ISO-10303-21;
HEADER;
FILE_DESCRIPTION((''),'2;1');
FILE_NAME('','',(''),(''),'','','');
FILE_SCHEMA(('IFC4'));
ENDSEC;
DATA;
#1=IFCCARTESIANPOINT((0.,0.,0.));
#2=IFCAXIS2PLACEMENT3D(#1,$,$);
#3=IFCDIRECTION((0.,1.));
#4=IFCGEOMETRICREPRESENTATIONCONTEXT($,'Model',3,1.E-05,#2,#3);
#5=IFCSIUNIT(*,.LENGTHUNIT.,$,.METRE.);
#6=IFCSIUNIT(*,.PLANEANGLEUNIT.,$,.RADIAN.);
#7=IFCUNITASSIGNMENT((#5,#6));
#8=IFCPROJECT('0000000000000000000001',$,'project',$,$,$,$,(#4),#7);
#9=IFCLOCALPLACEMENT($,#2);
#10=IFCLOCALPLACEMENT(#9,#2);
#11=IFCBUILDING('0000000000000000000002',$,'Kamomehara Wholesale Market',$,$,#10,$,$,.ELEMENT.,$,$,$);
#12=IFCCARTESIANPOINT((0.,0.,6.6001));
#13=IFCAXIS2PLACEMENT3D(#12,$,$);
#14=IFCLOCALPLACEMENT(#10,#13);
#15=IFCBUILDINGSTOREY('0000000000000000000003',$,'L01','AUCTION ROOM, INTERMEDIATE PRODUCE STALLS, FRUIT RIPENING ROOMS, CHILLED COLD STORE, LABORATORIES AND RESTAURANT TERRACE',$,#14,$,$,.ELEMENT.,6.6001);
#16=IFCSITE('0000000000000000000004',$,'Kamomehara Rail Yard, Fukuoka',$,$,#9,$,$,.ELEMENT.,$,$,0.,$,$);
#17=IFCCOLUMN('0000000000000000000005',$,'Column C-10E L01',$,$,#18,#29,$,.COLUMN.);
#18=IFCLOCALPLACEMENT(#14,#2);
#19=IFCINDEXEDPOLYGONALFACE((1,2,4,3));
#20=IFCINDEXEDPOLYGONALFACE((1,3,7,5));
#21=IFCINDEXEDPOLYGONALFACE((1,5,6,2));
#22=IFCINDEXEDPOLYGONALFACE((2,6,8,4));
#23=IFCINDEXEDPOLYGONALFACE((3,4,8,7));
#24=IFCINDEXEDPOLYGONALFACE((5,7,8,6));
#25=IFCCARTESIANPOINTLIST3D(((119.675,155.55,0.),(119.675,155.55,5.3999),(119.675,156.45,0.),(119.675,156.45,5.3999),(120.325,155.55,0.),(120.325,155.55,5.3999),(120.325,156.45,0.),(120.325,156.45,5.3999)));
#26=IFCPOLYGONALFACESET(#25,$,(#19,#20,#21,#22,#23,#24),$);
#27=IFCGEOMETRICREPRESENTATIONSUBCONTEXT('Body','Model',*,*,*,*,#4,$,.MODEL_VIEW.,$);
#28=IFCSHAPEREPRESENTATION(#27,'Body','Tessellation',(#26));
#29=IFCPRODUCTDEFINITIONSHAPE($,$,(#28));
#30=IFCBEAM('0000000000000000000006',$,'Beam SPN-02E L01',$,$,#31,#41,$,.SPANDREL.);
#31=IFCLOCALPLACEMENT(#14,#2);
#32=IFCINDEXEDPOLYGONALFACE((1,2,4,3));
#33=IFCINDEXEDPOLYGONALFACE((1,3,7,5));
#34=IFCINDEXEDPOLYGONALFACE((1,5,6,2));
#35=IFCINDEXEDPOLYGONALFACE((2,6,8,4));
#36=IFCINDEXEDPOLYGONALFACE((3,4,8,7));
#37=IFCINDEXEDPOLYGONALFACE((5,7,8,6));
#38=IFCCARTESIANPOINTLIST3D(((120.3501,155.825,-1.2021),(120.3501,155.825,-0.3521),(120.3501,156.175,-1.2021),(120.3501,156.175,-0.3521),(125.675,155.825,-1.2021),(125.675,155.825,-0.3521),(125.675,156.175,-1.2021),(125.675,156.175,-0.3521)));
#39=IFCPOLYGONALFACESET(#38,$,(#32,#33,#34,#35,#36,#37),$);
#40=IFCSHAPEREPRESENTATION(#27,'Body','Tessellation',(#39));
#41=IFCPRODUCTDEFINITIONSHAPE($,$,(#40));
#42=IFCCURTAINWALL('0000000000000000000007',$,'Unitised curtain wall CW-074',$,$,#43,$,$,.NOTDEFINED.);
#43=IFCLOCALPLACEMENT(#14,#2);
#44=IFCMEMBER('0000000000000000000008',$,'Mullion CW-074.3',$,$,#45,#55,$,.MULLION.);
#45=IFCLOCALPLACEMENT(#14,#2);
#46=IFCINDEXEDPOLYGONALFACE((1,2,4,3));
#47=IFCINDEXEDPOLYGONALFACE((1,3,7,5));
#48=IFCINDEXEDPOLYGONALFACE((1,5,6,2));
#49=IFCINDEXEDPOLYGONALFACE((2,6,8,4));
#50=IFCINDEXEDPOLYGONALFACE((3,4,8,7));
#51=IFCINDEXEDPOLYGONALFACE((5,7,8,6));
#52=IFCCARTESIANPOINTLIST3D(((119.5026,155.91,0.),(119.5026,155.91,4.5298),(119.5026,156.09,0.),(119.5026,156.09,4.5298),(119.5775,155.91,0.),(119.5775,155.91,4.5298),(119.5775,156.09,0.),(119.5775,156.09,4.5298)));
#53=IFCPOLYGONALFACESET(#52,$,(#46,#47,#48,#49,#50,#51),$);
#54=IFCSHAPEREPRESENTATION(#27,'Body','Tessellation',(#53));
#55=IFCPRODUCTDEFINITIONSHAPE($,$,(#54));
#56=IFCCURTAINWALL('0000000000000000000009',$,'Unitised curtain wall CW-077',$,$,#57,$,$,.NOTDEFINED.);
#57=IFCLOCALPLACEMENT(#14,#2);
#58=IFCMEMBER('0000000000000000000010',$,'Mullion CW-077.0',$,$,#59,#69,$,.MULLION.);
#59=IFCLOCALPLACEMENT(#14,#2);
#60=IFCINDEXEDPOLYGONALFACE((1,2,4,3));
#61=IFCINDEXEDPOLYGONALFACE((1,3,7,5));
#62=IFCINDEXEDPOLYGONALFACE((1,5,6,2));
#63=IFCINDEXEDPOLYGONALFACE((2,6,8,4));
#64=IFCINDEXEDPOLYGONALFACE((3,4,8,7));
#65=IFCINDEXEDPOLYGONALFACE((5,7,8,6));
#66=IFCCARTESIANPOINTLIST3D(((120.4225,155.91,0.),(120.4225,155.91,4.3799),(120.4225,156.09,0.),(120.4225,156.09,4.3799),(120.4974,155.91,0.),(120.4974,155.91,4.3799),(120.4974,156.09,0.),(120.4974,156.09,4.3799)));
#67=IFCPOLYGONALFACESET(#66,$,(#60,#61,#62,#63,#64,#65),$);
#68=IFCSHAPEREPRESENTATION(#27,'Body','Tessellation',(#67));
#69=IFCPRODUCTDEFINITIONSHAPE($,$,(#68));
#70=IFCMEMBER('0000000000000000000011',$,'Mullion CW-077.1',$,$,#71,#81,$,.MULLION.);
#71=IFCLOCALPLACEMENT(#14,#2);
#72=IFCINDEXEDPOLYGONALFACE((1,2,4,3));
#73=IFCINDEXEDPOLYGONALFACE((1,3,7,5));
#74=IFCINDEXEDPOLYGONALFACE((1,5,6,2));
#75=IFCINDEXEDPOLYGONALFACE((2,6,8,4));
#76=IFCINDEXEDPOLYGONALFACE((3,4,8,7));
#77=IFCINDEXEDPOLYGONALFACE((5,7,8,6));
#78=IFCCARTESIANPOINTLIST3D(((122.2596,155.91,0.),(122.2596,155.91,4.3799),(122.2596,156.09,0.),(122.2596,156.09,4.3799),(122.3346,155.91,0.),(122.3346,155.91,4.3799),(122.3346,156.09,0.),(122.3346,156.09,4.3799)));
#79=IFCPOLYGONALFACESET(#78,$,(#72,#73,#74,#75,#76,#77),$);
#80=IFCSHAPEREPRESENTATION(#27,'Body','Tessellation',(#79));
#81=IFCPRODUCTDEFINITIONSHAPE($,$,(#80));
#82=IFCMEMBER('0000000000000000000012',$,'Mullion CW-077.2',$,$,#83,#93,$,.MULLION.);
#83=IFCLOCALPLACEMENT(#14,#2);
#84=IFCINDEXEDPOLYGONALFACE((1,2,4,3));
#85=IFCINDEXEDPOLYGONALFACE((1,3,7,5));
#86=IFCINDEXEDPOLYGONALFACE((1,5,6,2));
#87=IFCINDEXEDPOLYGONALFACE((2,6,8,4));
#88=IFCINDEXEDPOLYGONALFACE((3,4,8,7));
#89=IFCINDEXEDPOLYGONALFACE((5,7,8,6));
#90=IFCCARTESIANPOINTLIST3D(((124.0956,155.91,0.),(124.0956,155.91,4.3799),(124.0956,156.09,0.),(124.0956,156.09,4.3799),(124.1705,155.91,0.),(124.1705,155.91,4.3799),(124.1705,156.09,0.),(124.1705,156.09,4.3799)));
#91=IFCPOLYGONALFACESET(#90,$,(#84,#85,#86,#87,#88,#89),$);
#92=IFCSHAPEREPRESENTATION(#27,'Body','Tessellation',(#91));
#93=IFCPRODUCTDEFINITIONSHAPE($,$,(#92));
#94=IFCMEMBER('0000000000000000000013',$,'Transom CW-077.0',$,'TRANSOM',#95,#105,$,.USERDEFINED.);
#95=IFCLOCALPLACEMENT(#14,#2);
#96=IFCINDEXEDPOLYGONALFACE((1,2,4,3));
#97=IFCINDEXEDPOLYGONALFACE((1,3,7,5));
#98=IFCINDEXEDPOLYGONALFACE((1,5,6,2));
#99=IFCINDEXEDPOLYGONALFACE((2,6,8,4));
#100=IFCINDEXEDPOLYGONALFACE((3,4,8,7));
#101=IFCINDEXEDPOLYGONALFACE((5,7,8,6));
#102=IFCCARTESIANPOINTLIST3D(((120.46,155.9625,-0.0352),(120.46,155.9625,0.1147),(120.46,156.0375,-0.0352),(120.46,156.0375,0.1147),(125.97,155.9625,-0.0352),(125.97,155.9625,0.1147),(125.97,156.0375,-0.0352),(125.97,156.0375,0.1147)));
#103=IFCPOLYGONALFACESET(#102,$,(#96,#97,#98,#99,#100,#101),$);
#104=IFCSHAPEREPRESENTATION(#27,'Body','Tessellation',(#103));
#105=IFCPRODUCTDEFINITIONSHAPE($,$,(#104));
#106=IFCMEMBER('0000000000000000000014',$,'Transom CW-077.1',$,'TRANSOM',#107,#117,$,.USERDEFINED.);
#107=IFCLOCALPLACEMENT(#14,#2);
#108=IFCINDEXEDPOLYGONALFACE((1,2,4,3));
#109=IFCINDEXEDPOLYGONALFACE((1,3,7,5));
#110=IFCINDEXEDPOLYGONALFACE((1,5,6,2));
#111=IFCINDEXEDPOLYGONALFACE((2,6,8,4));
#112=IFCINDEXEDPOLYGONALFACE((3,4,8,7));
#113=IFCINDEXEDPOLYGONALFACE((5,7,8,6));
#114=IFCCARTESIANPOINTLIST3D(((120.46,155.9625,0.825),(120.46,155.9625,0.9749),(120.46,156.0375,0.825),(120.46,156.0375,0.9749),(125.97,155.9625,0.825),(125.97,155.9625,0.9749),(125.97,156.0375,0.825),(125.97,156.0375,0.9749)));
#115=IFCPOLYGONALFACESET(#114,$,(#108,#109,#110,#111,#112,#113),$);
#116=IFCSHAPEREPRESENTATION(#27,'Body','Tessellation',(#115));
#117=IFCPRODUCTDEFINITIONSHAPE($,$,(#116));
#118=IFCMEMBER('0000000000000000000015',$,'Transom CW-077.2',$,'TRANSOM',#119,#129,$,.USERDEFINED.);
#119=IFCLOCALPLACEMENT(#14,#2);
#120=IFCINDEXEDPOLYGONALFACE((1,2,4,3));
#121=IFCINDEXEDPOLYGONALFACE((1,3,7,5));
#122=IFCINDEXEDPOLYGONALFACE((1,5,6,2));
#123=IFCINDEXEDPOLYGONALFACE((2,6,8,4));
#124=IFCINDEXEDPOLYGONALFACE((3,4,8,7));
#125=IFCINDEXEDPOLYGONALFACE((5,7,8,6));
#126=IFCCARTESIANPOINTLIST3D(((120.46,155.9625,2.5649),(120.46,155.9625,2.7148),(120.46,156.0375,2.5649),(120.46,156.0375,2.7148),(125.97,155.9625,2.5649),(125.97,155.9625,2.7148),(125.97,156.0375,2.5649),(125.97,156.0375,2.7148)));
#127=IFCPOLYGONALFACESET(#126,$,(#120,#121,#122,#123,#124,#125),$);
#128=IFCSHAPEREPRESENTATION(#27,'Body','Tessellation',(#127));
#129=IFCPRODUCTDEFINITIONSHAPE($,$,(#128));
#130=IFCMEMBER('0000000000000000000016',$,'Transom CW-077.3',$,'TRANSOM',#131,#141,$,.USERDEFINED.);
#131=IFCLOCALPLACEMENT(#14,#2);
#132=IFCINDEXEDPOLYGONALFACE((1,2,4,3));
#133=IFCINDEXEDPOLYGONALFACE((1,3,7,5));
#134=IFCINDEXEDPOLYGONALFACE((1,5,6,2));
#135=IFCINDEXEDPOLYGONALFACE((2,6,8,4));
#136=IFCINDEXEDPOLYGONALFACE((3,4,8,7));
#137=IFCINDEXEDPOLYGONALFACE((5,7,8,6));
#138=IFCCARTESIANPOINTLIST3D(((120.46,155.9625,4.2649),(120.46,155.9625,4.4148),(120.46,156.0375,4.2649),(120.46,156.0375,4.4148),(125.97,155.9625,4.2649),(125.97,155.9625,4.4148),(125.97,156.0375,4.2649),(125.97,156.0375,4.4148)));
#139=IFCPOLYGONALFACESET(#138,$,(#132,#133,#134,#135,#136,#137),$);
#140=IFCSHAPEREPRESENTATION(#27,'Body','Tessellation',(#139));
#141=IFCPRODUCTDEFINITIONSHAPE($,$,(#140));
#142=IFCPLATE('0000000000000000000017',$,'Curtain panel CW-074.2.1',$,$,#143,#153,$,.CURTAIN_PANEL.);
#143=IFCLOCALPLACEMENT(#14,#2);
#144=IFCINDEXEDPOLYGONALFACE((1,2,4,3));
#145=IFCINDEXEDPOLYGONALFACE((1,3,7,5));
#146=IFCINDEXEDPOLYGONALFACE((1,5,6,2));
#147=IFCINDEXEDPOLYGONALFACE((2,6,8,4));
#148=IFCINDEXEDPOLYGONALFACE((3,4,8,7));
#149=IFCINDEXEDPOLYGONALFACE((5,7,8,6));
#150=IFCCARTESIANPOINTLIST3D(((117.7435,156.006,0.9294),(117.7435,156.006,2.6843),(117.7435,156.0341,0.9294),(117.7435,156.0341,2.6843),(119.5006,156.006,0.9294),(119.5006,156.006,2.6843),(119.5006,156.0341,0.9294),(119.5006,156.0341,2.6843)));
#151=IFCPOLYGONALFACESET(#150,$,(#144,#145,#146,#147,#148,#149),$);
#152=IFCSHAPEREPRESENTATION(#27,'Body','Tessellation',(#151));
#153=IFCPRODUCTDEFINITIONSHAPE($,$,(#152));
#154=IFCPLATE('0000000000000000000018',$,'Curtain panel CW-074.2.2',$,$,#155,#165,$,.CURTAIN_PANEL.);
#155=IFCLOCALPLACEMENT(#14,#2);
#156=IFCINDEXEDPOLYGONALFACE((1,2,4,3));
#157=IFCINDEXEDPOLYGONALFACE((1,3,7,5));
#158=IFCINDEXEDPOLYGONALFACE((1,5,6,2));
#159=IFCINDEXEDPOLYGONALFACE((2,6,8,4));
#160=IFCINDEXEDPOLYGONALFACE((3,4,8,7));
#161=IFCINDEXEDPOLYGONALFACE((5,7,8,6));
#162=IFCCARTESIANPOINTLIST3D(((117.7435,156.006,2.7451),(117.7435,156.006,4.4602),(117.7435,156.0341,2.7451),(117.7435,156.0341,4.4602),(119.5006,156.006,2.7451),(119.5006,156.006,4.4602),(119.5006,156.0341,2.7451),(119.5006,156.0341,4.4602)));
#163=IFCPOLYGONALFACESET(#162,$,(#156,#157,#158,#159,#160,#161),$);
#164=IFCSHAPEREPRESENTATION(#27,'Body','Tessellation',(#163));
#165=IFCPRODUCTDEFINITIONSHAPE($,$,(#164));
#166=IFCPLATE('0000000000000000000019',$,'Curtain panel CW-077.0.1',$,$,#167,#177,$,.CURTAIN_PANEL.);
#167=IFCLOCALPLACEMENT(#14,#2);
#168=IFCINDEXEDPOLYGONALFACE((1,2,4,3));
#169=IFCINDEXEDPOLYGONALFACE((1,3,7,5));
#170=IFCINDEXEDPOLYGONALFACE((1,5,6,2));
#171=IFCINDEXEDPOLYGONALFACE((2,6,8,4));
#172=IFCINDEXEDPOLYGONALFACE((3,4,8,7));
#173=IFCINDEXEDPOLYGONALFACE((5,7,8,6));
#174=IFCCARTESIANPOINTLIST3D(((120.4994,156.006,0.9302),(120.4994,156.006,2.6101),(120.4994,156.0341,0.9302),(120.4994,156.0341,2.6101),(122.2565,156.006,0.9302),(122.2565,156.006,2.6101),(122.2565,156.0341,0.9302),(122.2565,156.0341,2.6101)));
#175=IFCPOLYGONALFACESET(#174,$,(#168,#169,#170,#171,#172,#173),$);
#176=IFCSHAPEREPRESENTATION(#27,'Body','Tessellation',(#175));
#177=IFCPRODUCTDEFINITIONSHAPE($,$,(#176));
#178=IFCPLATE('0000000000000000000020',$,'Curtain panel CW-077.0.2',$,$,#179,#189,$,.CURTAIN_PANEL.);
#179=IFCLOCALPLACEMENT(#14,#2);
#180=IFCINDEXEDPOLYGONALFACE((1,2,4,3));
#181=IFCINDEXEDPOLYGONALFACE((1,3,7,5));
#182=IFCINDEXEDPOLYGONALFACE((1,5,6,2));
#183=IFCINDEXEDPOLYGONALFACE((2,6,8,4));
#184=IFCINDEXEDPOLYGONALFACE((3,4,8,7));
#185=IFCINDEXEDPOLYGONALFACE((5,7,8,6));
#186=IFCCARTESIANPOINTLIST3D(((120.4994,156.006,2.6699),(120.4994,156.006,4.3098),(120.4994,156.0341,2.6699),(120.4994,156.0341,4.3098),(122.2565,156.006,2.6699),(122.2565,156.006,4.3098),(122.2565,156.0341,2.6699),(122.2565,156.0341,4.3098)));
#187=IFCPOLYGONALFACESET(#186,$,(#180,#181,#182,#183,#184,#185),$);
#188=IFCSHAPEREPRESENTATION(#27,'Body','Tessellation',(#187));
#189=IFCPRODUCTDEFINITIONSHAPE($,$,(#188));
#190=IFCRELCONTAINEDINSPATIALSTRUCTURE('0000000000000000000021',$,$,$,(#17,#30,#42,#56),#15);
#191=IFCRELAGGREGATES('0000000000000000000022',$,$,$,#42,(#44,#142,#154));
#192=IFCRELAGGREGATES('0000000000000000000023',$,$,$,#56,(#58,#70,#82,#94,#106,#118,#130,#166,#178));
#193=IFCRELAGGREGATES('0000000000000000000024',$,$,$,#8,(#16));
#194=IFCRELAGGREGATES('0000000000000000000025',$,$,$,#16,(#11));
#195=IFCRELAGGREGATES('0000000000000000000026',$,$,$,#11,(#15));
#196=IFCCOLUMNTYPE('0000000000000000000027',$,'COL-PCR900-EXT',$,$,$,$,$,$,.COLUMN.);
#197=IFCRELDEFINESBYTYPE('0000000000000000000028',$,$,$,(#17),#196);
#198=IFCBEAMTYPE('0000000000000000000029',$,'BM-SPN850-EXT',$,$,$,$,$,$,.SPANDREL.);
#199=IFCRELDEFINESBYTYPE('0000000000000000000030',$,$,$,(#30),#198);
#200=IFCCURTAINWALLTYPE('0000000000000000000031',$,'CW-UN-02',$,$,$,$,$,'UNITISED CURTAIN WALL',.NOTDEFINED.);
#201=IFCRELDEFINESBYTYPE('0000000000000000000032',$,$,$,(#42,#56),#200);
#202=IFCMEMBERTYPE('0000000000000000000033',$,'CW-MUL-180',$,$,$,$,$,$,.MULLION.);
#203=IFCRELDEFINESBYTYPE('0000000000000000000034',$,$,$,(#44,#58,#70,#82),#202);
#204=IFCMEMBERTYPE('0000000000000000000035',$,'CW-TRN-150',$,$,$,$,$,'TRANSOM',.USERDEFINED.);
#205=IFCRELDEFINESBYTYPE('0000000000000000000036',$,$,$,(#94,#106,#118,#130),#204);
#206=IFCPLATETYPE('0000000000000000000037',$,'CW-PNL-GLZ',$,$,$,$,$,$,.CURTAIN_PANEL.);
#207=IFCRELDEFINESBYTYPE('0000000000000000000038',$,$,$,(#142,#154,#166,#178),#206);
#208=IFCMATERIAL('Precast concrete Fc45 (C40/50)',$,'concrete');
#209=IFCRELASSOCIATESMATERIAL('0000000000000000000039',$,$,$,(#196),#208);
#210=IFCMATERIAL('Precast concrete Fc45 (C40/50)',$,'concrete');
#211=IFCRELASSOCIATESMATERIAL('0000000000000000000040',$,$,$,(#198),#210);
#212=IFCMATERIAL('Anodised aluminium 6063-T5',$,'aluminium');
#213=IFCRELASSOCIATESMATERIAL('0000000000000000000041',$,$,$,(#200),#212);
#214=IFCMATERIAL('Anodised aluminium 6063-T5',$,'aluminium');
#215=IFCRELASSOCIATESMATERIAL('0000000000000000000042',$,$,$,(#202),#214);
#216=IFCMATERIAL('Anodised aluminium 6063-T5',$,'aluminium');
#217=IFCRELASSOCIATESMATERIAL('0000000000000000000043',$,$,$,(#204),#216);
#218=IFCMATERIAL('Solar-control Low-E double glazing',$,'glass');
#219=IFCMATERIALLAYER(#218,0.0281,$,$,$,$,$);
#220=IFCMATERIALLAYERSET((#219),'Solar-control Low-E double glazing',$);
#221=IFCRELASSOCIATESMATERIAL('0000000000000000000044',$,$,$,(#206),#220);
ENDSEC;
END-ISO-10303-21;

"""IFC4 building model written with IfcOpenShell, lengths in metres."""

from ifc_helpers import new_model, si_unit, direction, frame, origin, origin_2d, place, context, subcontext, project, spatial, rectangle, extrude, material, layer, layer_set, material_profile, profile_set, type_object, element, aggregate, save


model = new_model("IFC4")

# Units and contexts
model_context = context("Model", 3, precision=1e-05, world=origin(), true_north=direction((0.0, 1.0)))
body_context = subcontext(model_context, "Body", "Model", "MODEL_VIEW")
ifc_project = project(units=[si_unit("LENGTHUNIT", "METRE"), si_unit("PLANEANGLEUNIT", "RADIAN")], contexts=[model_context])

# Site, building, storey
site_placement = place(None, origin())
site = spatial("IfcSite", under=ifc_project, at=site_placement, Name="Kamomehara Rail Yard, Fukuoka", CompositionType="ELEMENT", RefElevation=0.0)
building_placement = place(site_placement, origin())
building = spatial("IfcBuilding", under=site, at=building_placement, Name="Kamomehara Wholesale Market", CompositionType="ELEMENT")
storey_placement = place(building_placement, frame((0.0, 0.0, 6.6001)))
storey = spatial("IfcBuildingStorey", under=building, at=storey_placement, Name="L01", Description="AUCTION ROOM, INTERMEDIATE PRODUCE STALLS, FRUIT RIPENING ROOMS, CHILLED COLD STORE, LABORATORIES AND RESTAURANT TERRACE", CompositionType="ELEMENT", Elevation=6.6001)

# Column
ifc_material_1 = material(Name="Precast concrete Fc45 (C40/50)", Category="concrete")
ifc_material_profile_1 = material_profile(ifc_material_1, rectangle(XDim=0.6499, YDim=0.8999, at=origin_2d()), Name="PC-COL-650x900")
ifc_profile_set_1 = profile_set([ifc_material_profile_1], Name="Precast concrete Fc45 (C40/50)")
column_type = type_object("IfcColumnType", Name="COL-PCR900-EXT", PredefinedType="COLUMN", material=ifc_profile_set_1)
column_placement = place(storey_placement, frame((120.0, 156.0, 0.0), z_axis=(0.0, 0.0, 1.0), x_axis=(1.0, 0.0, 0.0)))
element("IfcColumn", 1, at=column_placement, inside=storey, type_object=column_type, Name="Column C-10E L01", PredefinedType="COLUMN", context=body_context, shape_type="SweptSolid", body=[
    extrude(rectangle(XDim=0.6499, YDim=0.8999, at=origin_2d()), origin(), (0.0, 0.0, 1.0), 5.3999),
])

# Beam
ifc_material_2 = material(Name="Precast concrete Fc45 (C40/50)", Category="concrete")
ifc_material_profile_2 = material_profile(ifc_material_2, rectangle(XDim=0.3501, YDim=0.8501, at=origin_2d()), Name="PC-SPN-350x850")
ifc_profile_set_2 = profile_set([ifc_material_profile_2], Name="Precast concrete Fc45 (C40/50)")
beam_type = type_object("IfcBeamType", Name="BM-SPN850-EXT", PredefinedType="SPANDREL", material=ifc_profile_set_2)
beam_placement = place(storey_placement, frame((120.3501, 156.0, -0.7771), z_axis=(1.0, 0.0, 0.0), x_axis=(0.0, 1.0, 0.0)))
element("IfcBeam", 2, at=beam_placement, inside=storey, type_object=beam_type, Name="Beam SPN-02E L01", PredefinedType="SPANDREL", context=body_context, shape_type="SweptSolid", body=[
    extrude(rectangle(XDim=0.3501, YDim=0.8501, at=origin_2d()), origin(), (0.0, 0.0, 1.0), 5.325),
])

# Curtain wall, member
ifc_material_3 = material(Name="Anodised aluminium 6063-T5", Category="aluminium")
curtain_wall_type = type_object("IfcCurtainWallType", Name="CW-UN-02", ElementType="UNITISED CURTAIN WALL", PredefinedType="NOTDEFINED", material=ifc_material_3)
curtain_wall_1_placement = place(storey_placement, origin())
curtain_wall_1 = element("IfcCurtainWall", 3, at=curtain_wall_1_placement, inside=storey, type_object=curtain_wall_type, Name="Unitised curtain wall CW-074", PredefinedType="NOTDEFINED")
ifc_material_4 = material(Name="Anodised aluminium 6063-T5", Category="aluminium")
ifc_material_profile_3 = material_profile(ifc_material_4, rectangle(XDim=0.075, YDim=0.1799, at=origin_2d()), Name="ALU-MUL-75x180")
ifc_profile_set_3 = profile_set([ifc_material_profile_3], Name="Anodised aluminium 6063-T5")
member_type_1 = type_object("IfcMemberType", Name="CW-MUL-180", PredefinedType="MULLION", material=ifc_profile_set_3)
member_1_placement = place(storey_placement, frame((119.54, 156.0, 0.0), z_axis=(0.0, 0.0, 1.0), x_axis=(1.0, 0.0, 0.0)))
member_1 = element("IfcMember", 4, at=member_1_placement, type_object=member_type_1, Name="Mullion CW-074.3", PredefinedType="MULLION", context=body_context, shape_type="SweptSolid", body=[
    extrude(rectangle(XDim=0.075, YDim=0.1799, at=origin_2d()), origin(), (0.0, 0.0, 1.0), 4.5298),
])

# Curtain wall, members
curtain_wall_2_placement = place(storey_placement, origin())
curtain_wall_2 = element("IfcCurtainWall", 5, at=curtain_wall_2_placement, inside=storey, type_object=curtain_wall_type, Name="Unitised curtain wall CW-077", PredefinedType="NOTDEFINED")
member_2_placement = place(storey_placement, frame((120.46, 156.0, 0.0), z_axis=(0.0, 0.0, 1.0), x_axis=(1.0, 0.0, 0.0)))
member_2 = element("IfcMember", 6, at=member_2_placement, type_object=member_type_1, Name="Mullion CW-077.0", PredefinedType="MULLION", context=body_context, shape_type="SweptSolid", body=[
    extrude(rectangle(XDim=0.075, YDim=0.1799, at=origin_2d()), origin(), (0.0, 0.0, 1.0), 4.3799),
])
member_3_placement = place(storey_placement, frame((122.2971, 156.0, 0.0), z_axis=(0.0, 0.0, 1.0), x_axis=(1.0, 0.0, 0.0)))
member_3 = element("IfcMember", 7, at=member_3_placement, type_object=member_type_1, Name="Mullion CW-077.1", PredefinedType="MULLION", context=body_context, shape_type="SweptSolid", body=[
    extrude(rectangle(XDim=0.075, YDim=0.1799, at=origin_2d()), origin(), (0.0, 0.0, 1.0), 4.3799),
])
member_4_placement = place(storey_placement, frame((124.1331, 156.0, 0.0), z_axis=(0.0, 0.0, 1.0), x_axis=(1.0, 0.0, 0.0)))
member_4 = element("IfcMember", 8, at=member_4_placement, type_object=member_type_1, Name="Mullion CW-077.2", PredefinedType="MULLION", context=body_context, shape_type="SweptSolid", body=[
    extrude(rectangle(XDim=0.075, YDim=0.1799, at=origin_2d()), origin(), (0.0, 0.0, 1.0), 4.3799),
])
ifc_material_5 = material(Name="Anodised aluminium 6063-T5", Category="aluminium")
ifc_material_profile_4 = material_profile(ifc_material_5, rectangle(XDim=0.075, YDim=0.1499, at=origin_2d()), Name="ALU-TRN-75x150")
ifc_profile_set_4 = profile_set([ifc_material_profile_4], Name="Anodised aluminium 6063-T5")
member_type_2 = type_object("IfcMemberType", Name="CW-TRN-150", ElementType="TRANSOM", PredefinedType="USERDEFINED", material=ifc_profile_set_4)
member_5_placement = place(storey_placement, frame((120.46, 156.0, 0.0398), z_axis=(1.0, 0.0, 0.0), x_axis=(0.0, 1.0, 0.0)))
member_5 = element("IfcMember", 9, at=member_5_placement, type_object=member_type_2, Name="Transom CW-077.0", ObjectType="TRANSOM", PredefinedType="USERDEFINED", context=body_context, shape_type="SweptSolid", body=[
    extrude(rectangle(XDim=0.075, YDim=0.1499, at=origin_2d()), origin(), (0.0, 0.0, 1.0), 5.51),
])
member_6_placement = place(storey_placement, frame((120.46, 156.0, 0.8999), z_axis=(1.0, 0.0, 0.0), x_axis=(0.0, 1.0, 0.0)))
member_6 = element("IfcMember", 10, at=member_6_placement, type_object=member_type_2, Name="Transom CW-077.1", ObjectType="TRANSOM", PredefinedType="USERDEFINED", context=body_context, shape_type="SweptSolid", body=[
    extrude(rectangle(XDim=0.075, YDim=0.1499, at=origin_2d()), origin(), (0.0, 0.0, 1.0), 5.51),
])
member_7_placement = place(storey_placement, frame((120.46, 156.0, 2.6399), z_axis=(1.0, 0.0, 0.0), x_axis=(0.0, 1.0, 0.0)))
member_7 = element("IfcMember", 11, at=member_7_placement, type_object=member_type_2, Name="Transom CW-077.2", ObjectType="TRANSOM", PredefinedType="USERDEFINED", context=body_context, shape_type="SweptSolid", body=[
    extrude(rectangle(XDim=0.075, YDim=0.1499, at=origin_2d()), origin(), (0.0, 0.0, 1.0), 5.51),
])
member_8_placement = place(storey_placement, frame((120.46, 156.0, 4.3398), z_axis=(1.0, 0.0, 0.0), x_axis=(0.0, 1.0, 0.0)))
member_8 = element("IfcMember", 12, at=member_8_placement, type_object=member_type_2, Name="Transom CW-077.3", ObjectType="TRANSOM", PredefinedType="USERDEFINED", context=body_context, shape_type="SweptSolid", body=[
    extrude(rectangle(XDim=0.075, YDim=0.1499, at=origin_2d()), origin(), (0.0, 0.0, 1.0), 5.51),
])

# Plates
ifc_material_6 = material(Name="Solar-control Low-E double glazing", Category="glass")
ifc_layer_1 = layer(ifc_material_6, 0.0281)
ifc_layer_set_1 = layer_set([ifc_layer_1], Name="Solar-control Low-E double glazing")
plate_type_1 = type_object("IfcPlateType", Name="CW-PNL-GLZ", PredefinedType="CURTAIN_PANEL", material=ifc_layer_set_1)
plate_1_placement = place(storey_placement, frame((118.6221, 156.02, 0.9294), z_axis=(0.0, 0.0, 1.0), x_axis=(1.0, 0.0, 0.0)))
plate_1 = element("IfcPlate", 13, at=plate_1_placement, type_object=plate_type_1, Name="Curtain panel CW-074.2.1", PredefinedType="CURTAIN_PANEL", context=body_context, shape_type="SweptSolid", body=[
    extrude(rectangle(XDim=1.7571, YDim=0.0281, at=origin_2d()), origin(), (0.0, 0.0, 1.0), 1.7549),
])
plate_2_placement = place(storey_placement, frame((118.6221, 156.02, 2.7451), z_axis=(0.0, 0.0, 1.0), x_axis=(1.0, 0.0, 0.0)))
plate_2 = element("IfcPlate", 14, at=plate_2_placement, type_object=plate_type_1, Name="Curtain panel CW-074.2.2", PredefinedType="CURTAIN_PANEL", context=body_context, shape_type="SweptSolid", body=[
    extrude(rectangle(XDim=1.7571, YDim=0.0281, at=origin_2d()), origin(), (0.0, 0.0, 1.0), 1.7151),
])
plate_3_placement = place(storey_placement, frame((121.3779, 156.02, 0.9302), z_axis=(0.0, 0.0, 1.0), x_axis=(1.0, 0.0, 0.0)))
plate_3 = element("IfcPlate", 15, at=plate_3_placement, type_object=plate_type_1, Name="Curtain panel CW-077.0.1", PredefinedType="CURTAIN_PANEL", context=body_context, shape_type="SweptSolid", body=[
    extrude(rectangle(XDim=1.7571, YDim=0.0281, at=origin_2d()), origin(), (0.0, 0.0, 1.0), 1.6799),
])
plate_4_placement = place(storey_placement, frame((121.3779, 156.02, 2.6699), z_axis=(0.0, 0.0, 1.0), x_axis=(1.0, 0.0, 0.0)))
plate_4 = element("IfcPlate", 16, at=plate_4_placement, type_object=plate_type_1, Name="Curtain panel CW-077.0.2", PredefinedType="CURTAIN_PANEL", context=body_context, shape_type="SweptSolid", body=[
    extrude(rectangle(XDim=1.7571, YDim=0.0281, at=origin_2d()), origin(), (0.0, 0.0, 1.0), 1.6399),
])
aggregate(curtain_wall_1, [member_1, plate_1, plate_2])
aggregate(curtain_wall_2, [member_2, member_3, member_4, member_5, member_6, member_7, member_8, plate_3, plate_4])

save(model, "model.ifc")
